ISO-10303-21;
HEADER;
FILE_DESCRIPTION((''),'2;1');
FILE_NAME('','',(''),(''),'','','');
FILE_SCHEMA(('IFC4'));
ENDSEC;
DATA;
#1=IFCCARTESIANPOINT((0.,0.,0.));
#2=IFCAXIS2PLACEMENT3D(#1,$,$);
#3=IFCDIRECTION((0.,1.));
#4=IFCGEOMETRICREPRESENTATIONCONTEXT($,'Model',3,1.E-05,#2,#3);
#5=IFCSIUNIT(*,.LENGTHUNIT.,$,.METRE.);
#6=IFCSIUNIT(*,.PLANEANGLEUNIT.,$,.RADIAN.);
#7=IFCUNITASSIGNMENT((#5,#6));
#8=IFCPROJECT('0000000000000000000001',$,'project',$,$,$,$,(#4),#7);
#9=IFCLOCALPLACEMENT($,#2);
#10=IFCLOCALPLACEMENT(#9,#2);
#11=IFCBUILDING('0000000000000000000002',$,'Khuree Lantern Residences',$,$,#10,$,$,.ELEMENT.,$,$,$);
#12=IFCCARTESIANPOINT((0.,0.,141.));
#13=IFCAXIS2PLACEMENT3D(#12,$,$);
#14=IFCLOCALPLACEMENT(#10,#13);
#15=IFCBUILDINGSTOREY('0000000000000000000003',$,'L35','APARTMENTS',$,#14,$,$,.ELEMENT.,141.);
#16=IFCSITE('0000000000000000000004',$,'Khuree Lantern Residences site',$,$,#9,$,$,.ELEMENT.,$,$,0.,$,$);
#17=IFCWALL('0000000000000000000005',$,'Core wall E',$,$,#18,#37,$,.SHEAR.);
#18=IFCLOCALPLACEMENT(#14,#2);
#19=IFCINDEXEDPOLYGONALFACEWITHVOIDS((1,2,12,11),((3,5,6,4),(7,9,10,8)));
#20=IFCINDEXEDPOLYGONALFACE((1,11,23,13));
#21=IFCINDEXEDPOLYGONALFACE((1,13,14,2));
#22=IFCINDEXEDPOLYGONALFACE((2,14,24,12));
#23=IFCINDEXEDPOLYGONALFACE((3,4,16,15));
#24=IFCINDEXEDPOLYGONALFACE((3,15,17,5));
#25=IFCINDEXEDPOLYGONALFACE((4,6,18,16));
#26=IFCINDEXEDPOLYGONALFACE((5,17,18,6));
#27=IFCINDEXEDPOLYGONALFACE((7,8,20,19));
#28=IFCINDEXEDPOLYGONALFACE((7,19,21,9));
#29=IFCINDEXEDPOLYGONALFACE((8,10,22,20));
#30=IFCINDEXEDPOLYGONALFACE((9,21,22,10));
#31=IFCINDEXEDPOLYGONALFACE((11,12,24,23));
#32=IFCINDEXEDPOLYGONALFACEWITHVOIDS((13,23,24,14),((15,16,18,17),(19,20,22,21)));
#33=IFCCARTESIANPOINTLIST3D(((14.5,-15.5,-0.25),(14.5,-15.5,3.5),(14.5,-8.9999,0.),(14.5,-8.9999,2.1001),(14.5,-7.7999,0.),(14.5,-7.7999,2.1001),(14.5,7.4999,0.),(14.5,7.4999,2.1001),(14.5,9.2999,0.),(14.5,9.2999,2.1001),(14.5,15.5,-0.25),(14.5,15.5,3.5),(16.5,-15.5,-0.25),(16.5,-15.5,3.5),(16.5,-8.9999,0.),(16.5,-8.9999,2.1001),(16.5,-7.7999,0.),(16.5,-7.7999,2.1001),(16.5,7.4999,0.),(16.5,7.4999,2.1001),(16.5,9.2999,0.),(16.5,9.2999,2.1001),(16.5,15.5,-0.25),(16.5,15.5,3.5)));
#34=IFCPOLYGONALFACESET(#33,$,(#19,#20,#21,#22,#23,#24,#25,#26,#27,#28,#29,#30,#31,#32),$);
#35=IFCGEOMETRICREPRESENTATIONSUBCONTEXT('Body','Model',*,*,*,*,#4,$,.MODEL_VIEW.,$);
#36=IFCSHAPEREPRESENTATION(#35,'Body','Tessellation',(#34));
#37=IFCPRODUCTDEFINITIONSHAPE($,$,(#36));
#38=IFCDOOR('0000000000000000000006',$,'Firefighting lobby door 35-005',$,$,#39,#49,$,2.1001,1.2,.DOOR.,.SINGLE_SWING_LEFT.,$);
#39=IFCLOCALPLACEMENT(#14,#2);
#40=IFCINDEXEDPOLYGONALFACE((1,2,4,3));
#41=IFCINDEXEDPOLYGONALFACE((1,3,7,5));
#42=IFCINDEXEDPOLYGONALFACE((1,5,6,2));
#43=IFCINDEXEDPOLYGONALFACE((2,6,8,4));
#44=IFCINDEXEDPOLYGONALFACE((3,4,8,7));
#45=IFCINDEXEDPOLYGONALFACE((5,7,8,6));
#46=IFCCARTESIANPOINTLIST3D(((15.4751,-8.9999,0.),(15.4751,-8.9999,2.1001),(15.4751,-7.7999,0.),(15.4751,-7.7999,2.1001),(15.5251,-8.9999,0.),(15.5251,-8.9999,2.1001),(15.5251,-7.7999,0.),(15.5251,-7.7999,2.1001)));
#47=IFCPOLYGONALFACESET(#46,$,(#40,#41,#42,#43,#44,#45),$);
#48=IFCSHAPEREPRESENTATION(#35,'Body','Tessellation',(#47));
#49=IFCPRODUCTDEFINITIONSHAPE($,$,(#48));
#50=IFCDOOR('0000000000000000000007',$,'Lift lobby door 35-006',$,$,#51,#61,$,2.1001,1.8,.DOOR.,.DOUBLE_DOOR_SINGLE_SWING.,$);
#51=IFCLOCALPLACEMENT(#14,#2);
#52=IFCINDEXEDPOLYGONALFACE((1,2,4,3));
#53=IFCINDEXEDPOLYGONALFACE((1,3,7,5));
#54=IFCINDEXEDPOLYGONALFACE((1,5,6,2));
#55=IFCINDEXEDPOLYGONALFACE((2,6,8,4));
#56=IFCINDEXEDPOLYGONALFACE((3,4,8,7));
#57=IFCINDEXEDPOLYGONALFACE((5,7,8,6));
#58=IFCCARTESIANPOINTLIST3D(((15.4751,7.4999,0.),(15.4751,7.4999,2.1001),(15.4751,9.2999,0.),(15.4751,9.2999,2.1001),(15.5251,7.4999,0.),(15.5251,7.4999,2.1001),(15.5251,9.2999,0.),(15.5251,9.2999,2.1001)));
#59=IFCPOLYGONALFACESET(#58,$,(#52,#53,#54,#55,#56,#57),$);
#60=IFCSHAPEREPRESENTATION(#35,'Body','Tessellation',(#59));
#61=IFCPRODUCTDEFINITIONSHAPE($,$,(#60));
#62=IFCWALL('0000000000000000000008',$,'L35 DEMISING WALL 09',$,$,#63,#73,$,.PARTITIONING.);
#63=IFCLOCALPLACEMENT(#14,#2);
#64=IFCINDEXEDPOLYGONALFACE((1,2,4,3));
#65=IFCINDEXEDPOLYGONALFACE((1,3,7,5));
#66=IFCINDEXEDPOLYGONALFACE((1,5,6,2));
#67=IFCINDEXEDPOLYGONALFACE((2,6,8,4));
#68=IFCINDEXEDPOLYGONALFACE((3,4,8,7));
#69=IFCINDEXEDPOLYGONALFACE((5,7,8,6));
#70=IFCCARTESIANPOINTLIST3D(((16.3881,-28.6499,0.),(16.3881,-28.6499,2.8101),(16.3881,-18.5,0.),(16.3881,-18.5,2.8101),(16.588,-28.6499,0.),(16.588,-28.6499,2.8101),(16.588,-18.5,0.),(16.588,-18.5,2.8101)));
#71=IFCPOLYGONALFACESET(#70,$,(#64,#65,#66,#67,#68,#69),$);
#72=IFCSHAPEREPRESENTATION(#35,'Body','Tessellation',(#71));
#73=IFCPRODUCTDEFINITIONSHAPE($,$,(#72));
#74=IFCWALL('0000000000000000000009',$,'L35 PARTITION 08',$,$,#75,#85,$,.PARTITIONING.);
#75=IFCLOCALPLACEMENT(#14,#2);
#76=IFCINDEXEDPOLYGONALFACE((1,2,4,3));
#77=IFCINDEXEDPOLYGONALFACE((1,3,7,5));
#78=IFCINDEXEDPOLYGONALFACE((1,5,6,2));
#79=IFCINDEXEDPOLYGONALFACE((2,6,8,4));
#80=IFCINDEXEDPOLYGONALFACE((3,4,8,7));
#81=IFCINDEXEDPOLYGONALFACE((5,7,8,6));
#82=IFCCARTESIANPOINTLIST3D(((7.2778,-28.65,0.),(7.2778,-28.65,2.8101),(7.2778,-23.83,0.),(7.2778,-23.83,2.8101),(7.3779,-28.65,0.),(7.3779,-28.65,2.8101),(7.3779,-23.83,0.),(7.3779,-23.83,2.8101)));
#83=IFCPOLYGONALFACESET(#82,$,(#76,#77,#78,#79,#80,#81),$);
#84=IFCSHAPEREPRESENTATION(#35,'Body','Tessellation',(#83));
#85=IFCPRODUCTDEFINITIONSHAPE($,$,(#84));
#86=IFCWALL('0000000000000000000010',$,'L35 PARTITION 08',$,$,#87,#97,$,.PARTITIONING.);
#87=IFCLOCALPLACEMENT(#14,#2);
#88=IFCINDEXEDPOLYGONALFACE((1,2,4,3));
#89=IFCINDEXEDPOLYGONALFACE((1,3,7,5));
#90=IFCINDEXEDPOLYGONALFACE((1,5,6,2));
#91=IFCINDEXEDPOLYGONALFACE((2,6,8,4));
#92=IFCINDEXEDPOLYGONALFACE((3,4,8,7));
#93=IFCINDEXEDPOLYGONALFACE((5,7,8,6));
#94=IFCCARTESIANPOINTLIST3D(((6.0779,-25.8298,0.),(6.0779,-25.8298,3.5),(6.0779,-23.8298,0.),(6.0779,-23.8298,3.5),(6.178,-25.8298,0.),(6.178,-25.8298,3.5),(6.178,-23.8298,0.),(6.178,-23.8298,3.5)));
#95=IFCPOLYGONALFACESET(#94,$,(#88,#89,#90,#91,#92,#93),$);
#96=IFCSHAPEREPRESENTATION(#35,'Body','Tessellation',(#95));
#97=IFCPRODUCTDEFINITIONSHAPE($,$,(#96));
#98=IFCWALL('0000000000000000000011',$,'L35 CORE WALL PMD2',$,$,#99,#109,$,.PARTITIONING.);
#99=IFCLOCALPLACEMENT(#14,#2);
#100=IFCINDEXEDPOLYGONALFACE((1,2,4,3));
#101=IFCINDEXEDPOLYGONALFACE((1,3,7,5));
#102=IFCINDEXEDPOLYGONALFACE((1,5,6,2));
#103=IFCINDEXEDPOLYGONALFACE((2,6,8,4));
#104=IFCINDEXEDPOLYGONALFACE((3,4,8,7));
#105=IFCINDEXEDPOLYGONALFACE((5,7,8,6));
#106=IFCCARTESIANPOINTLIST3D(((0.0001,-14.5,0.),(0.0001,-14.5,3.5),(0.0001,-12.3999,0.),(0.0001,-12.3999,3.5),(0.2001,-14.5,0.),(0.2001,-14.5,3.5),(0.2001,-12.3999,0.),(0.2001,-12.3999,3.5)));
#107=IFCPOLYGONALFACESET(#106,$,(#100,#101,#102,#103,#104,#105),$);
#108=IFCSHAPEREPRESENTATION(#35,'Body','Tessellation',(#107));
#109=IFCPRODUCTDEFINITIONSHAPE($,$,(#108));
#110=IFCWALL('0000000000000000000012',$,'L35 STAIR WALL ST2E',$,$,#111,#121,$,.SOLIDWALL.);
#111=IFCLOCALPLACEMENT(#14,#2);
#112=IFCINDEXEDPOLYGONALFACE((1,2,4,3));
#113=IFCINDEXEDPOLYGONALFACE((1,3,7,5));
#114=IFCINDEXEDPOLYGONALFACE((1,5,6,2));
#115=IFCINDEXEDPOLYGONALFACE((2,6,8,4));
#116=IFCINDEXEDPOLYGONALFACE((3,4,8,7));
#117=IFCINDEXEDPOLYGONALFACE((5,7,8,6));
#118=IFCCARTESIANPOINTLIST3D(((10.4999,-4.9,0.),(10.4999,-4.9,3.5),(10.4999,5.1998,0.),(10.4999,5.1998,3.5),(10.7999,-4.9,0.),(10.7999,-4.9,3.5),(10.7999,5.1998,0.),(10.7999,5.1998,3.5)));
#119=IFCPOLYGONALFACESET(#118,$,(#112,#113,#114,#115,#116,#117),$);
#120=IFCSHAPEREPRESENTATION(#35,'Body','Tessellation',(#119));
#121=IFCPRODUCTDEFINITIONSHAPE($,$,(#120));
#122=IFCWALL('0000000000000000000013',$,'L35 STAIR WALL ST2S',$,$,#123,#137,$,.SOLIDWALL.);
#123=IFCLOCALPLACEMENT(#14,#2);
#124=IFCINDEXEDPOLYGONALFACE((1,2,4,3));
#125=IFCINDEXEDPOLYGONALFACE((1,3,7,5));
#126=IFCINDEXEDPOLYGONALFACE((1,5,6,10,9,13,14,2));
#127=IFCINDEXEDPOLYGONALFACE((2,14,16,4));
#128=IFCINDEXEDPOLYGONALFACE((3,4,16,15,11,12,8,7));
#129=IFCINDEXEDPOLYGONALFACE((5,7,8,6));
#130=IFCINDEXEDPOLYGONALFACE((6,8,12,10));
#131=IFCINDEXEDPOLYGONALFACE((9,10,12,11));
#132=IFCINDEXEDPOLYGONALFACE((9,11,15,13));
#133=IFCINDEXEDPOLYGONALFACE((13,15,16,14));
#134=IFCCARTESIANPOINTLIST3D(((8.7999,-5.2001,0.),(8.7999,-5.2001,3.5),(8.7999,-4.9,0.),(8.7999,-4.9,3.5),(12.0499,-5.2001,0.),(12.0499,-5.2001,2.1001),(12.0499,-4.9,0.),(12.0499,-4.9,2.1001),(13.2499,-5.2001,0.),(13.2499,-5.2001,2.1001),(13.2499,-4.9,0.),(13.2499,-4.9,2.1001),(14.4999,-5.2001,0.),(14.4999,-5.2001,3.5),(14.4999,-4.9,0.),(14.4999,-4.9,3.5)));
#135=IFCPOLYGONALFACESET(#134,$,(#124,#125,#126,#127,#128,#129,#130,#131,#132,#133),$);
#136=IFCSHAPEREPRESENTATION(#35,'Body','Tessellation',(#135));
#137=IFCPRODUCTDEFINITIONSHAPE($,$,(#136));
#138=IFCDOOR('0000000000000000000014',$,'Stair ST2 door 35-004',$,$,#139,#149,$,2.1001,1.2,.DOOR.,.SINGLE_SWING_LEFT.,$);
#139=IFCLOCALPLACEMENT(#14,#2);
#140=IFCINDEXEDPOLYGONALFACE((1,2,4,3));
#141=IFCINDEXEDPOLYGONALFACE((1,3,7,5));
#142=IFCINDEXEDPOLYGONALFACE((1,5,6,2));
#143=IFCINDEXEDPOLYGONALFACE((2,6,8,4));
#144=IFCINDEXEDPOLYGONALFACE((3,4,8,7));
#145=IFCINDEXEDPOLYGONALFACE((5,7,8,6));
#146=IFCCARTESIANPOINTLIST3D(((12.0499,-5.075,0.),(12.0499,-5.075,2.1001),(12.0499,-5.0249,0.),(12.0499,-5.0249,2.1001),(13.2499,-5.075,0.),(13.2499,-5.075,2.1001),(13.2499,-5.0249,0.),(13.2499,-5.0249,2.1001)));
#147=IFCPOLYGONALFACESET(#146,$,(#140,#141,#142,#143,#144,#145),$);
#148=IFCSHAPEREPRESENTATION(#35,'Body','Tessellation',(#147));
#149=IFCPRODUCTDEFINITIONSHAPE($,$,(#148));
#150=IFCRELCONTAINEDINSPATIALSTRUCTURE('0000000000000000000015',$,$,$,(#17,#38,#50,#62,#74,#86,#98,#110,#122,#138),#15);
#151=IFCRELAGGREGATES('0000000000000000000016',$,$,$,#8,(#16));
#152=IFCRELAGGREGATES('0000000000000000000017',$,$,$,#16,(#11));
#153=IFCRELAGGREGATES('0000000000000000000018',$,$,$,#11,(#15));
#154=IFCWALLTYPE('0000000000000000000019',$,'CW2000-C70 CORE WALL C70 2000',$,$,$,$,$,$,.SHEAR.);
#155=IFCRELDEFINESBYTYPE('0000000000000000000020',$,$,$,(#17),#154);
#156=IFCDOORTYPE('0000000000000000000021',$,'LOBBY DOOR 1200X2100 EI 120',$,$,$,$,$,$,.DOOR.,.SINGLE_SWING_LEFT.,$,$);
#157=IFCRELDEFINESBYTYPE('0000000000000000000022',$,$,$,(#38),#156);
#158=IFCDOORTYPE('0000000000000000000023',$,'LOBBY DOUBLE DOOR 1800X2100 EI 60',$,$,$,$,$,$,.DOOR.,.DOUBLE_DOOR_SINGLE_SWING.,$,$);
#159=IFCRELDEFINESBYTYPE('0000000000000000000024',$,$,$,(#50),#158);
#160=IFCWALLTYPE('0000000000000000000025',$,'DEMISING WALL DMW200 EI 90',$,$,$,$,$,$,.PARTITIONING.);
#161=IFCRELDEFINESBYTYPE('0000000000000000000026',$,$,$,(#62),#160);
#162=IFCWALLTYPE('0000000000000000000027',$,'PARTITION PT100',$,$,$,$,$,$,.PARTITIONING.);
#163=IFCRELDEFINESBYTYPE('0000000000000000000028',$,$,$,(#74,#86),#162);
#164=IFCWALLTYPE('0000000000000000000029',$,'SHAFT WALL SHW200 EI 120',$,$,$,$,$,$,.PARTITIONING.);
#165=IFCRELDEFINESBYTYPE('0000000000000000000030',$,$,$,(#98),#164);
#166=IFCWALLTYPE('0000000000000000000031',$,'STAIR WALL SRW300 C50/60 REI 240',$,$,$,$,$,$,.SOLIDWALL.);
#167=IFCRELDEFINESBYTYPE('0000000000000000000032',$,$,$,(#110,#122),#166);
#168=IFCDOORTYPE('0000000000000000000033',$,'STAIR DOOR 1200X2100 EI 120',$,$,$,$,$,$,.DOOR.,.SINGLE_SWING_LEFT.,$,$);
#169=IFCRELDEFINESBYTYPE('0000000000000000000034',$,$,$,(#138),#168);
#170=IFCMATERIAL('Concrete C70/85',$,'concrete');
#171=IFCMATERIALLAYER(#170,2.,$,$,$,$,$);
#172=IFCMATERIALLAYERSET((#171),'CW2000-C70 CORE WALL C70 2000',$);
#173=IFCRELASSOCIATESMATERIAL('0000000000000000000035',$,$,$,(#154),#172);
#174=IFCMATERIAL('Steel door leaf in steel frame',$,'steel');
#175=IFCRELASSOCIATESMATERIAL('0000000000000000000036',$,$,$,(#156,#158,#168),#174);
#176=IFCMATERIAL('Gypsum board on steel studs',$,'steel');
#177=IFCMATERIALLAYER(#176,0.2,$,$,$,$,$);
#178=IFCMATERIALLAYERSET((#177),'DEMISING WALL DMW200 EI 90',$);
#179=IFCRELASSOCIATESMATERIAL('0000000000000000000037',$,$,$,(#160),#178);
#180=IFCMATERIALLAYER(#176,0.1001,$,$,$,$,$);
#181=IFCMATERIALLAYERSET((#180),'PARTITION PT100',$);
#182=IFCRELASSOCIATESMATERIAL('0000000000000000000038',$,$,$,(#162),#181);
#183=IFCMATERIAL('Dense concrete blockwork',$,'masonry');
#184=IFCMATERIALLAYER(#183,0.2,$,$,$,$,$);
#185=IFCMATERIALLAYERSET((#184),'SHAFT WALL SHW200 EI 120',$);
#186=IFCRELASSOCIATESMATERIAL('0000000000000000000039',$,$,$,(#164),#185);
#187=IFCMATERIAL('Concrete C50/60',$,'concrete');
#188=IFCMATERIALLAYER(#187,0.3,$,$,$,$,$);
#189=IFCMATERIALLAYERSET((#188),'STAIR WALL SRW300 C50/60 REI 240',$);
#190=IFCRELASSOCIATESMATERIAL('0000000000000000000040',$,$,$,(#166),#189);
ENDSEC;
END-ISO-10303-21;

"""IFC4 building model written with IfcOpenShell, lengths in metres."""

from ifc_helpers import new_model, si_unit, direction, frame, frame_2d, origin, place, context, subcontext, project, spatial, rectangle, extrude, material, layer, layer_set, type_object, element, fill, save


model = new_model("IFC4")

# Units and contexts
model_context = context("Model", 3, precision=1e-05, world=origin(), true_north=direction((0.0, 1.0)))
body_context = subcontext(model_context, "Body", "Model", "MODEL_VIEW")
ifc_project = project(units=[si_unit("LENGTHUNIT", "METRE"), si_unit("PLANEANGLEUNIT", "RADIAN")], contexts=[model_context])

# Site, building, storey
site_placement = place(None, origin())
site = spatial("IfcSite", under=ifc_project, at=site_placement, Name="Khuree Lantern Residences site", CompositionType="ELEMENT", RefElevation=0.0)
building_placement = place(site_placement, origin())
building = spatial("IfcBuilding", under=site, at=building_placement, Name="Khuree Lantern Residences", CompositionType="ELEMENT")
storey_placement = place(building_placement, frame((0.0, 0.0, 141.0)))
storey = spatial("IfcBuildingStorey", under=building, at=storey_placement, Name="L35", Description="APARTMENTS", CompositionType="ELEMENT", Elevation=141.0)

# Shared definitions
ifc_material_1 = material(Name="Concrete C70/85", Category="concrete")

# Shared definitions
ifc_material_2 = material(Name="Dense concrete blockwork", Category="masonry")

# Shared definitions
ifc_material_3 = material(Name="Gypsum board on steel studs", Category="steel")

# Wall, openings, doors
ifc_layer_1 = layer(ifc_material_1, 2.0)
ifc_layer_set_1 = layer_set([ifc_layer_1], Name="CW2000-C70 CORE WALL C70 2000")
wall_type_1 = type_object("IfcWallType", Name="CW2000-C70 CORE WALL C70 2000", PredefinedType="SHEAR", material=ifc_layer_set_1)
wall_1_placement = place(storey_placement, frame((15.5, -15.5, -0.25), z_axis=(0.0, 0.0, 1.0), x_axis=(0.0, 1.0, 0.0)))
wall_1 = element("IfcWall", 1, at=wall_1_placement, inside=storey, type_object=wall_type_1, Name="Core wall E", PredefinedType="SHEAR", context=body_context, shape_type="SweptSolid", body=[
    extrude(rectangle(XDim=31.0, YDim=2.0, at=frame_2d((15.5, 0.0))), origin(), (0.0, 0.0, 1.0), 3.75),
])
opening_1_placement = place(wall_1_placement, frame((6.5, 0.0, 0.25)))
opening_1 = element("IfcOpeningElement", 2, at=opening_1_placement, cuts=wall_1, PredefinedType="OPENING", context=body_context, shape_type="SweptSolid", body=[
    extrude(rectangle(XDim=1.2, YDim=2.1001, at=frame_2d((0.6001, 1.05))), frame((0.0, 1.01, 0.0), z_axis=(0.0, -1.0, 0.0), x_axis=(1.0, 0.0, 0.0)), (0.0, 0.0, 1.0), 2.02),
])
opening_2_placement = place(wall_1_placement, frame((23.0, 0.0, 0.25)))
opening_2 = element("IfcOpeningElement", 3, at=opening_2_placement, cuts=wall_1, PredefinedType="OPENING", context=body_context, shape_type="SweptSolid", body=[
    extrude(rectangle(XDim=1.8, YDim=2.1001, at=frame_2d((0.8999, 1.05))), frame((0.0, 1.01, 0.0), z_axis=(0.0, -1.0, 0.0), x_axis=(1.0, 0.0, 0.0)), (0.0, 0.0, 1.0), 2.02),
])
ifc_material_4 = material(Name="Steel door leaf in steel frame", Category="steel")
door_type_1 = type_object("IfcDoorType", Name="LOBBY DOOR 1200X2100 EI 120", OperationType="SINGLE_SWING_LEFT", PredefinedType="DOOR", material=ifc_material_4)
door_1_placement = place(opening_1_placement, origin())
door_1 = element("IfcDoor", 4, at=door_1_placement, inside=storey, type_object=door_type_1, Name="Firefighting lobby door 35-005", OperationType="SINGLE_SWING_LEFT", OverallHeight=2.1001, OverallWidth=1.2, PredefinedType="DOOR", context=body_context, shape_type="SweptSolid", body=[
    extrude(rectangle(XDim=1.2, YDim=2.1001, at=frame_2d((0.6001, 1.05))), frame((0.0, 0.0249, 0.0), z_axis=(0.0, -1.0, 0.0), x_axis=(1.0, 0.0, 0.0)), (0.0, 0.0, 1.0), 0.05),
])
fill(opening_1, door_1)
door_type_2 = type_object("IfcDoorType", Name="LOBBY DOUBLE DOOR 1800X2100 EI 60", OperationType="DOUBLE_DOOR_SINGLE_SWING", PredefinedType="DOOR", material=ifc_material_4)
door_2_placement = place(opening_2_placement, origin())
door_2 = element("IfcDoor", 5, at=door_2_placement, inside=storey, type_object=door_type_2, Name="Lift lobby door 35-006", OperationType="DOUBLE_DOOR_SINGLE_SWING", OverallHeight=2.1001, OverallWidth=1.8, PredefinedType="DOOR", context=body_context, shape_type="SweptSolid", body=[
    extrude(rectangle(XDim=1.8, YDim=2.1001, at=frame_2d((0.8999, 1.05))), frame((0.0, 0.0249, 0.0), z_axis=(0.0, -1.0, 0.0), x_axis=(1.0, 0.0, 0.0)), (0.0, 0.0, 1.0), 0.05),
])
fill(opening_2, door_2)

# Walls
ifc_layer_2 = layer(ifc_material_3, 0.2)
ifc_layer_set_2 = layer_set([ifc_layer_2], Name="DEMISING WALL DMW200 EI 90")
wall_type_2 = type_object("IfcWallType", Name="DEMISING WALL DMW200 EI 90", PredefinedType="PARTITIONING", material=ifc_layer_set_2)
wall_2_placement = place(storey_placement, frame((16.488, -18.5, 0.0), z_axis=(0.0, 0.0, 1.0), x_axis=(0.0, -1.0, 0.0)))
element("IfcWall", 6, at=wall_2_placement, inside=storey, type_object=wall_type_2, Name="L35 DEMISING WALL 09", PredefinedType="PARTITIONING", context=body_context, shape_type="SweptSolid", body=[
    extrude(rectangle(XDim=10.1499, YDim=0.2, at=frame_2d((5.075, 0.0))), origin(), (0.0, 0.0, 1.0), 2.8101),
])
ifc_layer_3 = layer(ifc_material_3, 0.1001)
ifc_layer_set_3 = layer_set([ifc_layer_3], Name="PARTITION PT100")
wall_type_3 = type_object("IfcWallType", Name="PARTITION PT100", PredefinedType="PARTITIONING", material=ifc_layer_set_3)
wall_3_placement = place(storey_placement, frame((7.3279, -23.8298, 0.0), z_axis=(0.0, 0.0, 1.0), x_axis=(0.0, -1.0, 0.0)))
element("IfcWall", 7, at=wall_3_placement, inside=storey, type_object=wall_type_3, Name="L35 PARTITION 08", PredefinedType="PARTITIONING", context=body_context, shape_type="SweptSolid", body=[
    extrude(rectangle(XDim=4.8201, YDim=0.1001, at=frame_2d((2.4102, 0.0))), origin(), (0.0, 0.0, 1.0), 2.8101),
])
wall_4_placement = place(storey_placement, frame((6.1279, -23.8298, 0.0), z_axis=(0.0, 0.0, 1.0), x_axis=(0.0, -1.0, 0.0)))
element("IfcWall", 8, at=wall_4_placement, inside=storey, type_object=wall_type_3, Name="L35 PARTITION 08", PredefinedType="PARTITIONING", context=body_context, shape_type="SweptSolid", body=[
    extrude(rectangle(XDim=2.0, YDim=0.1001, at=frame_2d((1.0, 0.0))), origin(), (0.0, 0.0, 1.0), 3.5),
])
ifc_layer_4 = layer(ifc_material_2, 0.2)
ifc_layer_set_4 = layer_set([ifc_layer_4], Name="SHAFT WALL SHW200 EI 120")
wall_type_4 = type_object("IfcWallType", Name="SHAFT WALL SHW200 EI 120", PredefinedType="PARTITIONING", material=ifc_layer_set_4)
wall_5_placement = place(storey_placement, frame((0.1001, -14.5, 0.0), z_axis=(0.0, 0.0, 1.0), x_axis=(0.0, 1.0, 0.0)))
element("IfcWall", 9, at=wall_5_placement, inside=storey, type_object=wall_type_4, Name="L35 CORE WALL PMD2", PredefinedType="PARTITIONING", context=body_context, shape_type="SweptSolid", body=[
    extrude(rectangle(XDim=2.1001, YDim=0.2, at=frame_2d((1.05, 0.0))), origin(), (0.0, 0.0, 1.0), 3.5),
])
ifc_material_5 = material(Name="Concrete C50/60", Category="concrete")
ifc_layer_5 = layer(ifc_material_5, 0.3)
ifc_layer_set_5 = layer_set([ifc_layer_5], Name="STAIR WALL SRW300 C50/60 REI 240")
wall_type_5 = type_object("IfcWallType", Name="STAIR WALL SRW300 C50/60 REI 240", PredefinedType="SOLIDWALL", material=ifc_layer_set_5)
wall_6_placement = place(storey_placement, frame((10.6499, -4.8999, 0.0), z_axis=(0.0, 0.0, 1.0), x_axis=(0.0, 1.0, 0.0)))
element("IfcWall", 10, at=wall_6_placement, inside=storey, type_object=wall_type_5, Name="L35 STAIR WALL ST2E", PredefinedType="SOLIDWALL", context=body_context, shape_type="SweptSolid", body=[
    extrude(rectangle(XDim=10.0999, YDim=0.3, at=frame_2d((5.0498, 0.0))), origin(), (0.0, 0.0, 1.0), 3.5),
])

# Wall, opening, door
wall_7_placement = place(storey_placement, frame((14.5, -5.05, 0.0), z_axis=(0.0, 0.0, 1.0), x_axis=(-1.0, 0.0, 0.0)))
wall_7 = element("IfcWall", 11, at=wall_7_placement, inside=storey, type_object=wall_type_5, Name="L35 STAIR WALL ST2S", PredefinedType="SOLIDWALL", context=body_context, shape_type="SweptSolid", body=[
    extrude(rectangle(XDim=5.7, YDim=0.3, at=frame_2d((2.8501, 0.0))), origin(), (0.0, 0.0, 1.0), 3.5),
])
opening_3_placement = place(wall_7_placement, frame((1.25, 0.0, 0.0)))
opening_3 = element("IfcOpeningElement", 12, at=opening_3_placement, cuts=wall_7, PredefinedType="OPENING", context=body_context, shape_type="SweptSolid", body=[
    extrude(rectangle(XDim=1.2, YDim=2.1001, at=frame_2d((0.6001, 1.05))), frame((0.0, 0.1602, 0.0), z_axis=(0.0, -1.0, 0.0), x_axis=(1.0, 0.0, 0.0)), (0.0, 0.0, 1.0), 0.3201),
])
door_type_3 = type_object("IfcDoorType", Name="STAIR DOOR 1200X2100 EI 120", OperationType="SINGLE_SWING_LEFT", PredefinedType="DOOR", material=ifc_material_4)
door_3_placement = place(opening_3_placement, origin())
door_3 = element("IfcDoor", 13, at=door_3_placement, inside=storey, type_object=door_type_3, Name="Stair ST2 door 35-004", OperationType="SINGLE_SWING_LEFT", OverallHeight=2.1001, OverallWidth=1.2, PredefinedType="DOOR", context=body_context, shape_type="SweptSolid", body=[
    extrude(rectangle(XDim=1.2, YDim=2.1001, at=frame_2d((0.6001, 1.05))), frame((0.0, 0.0249, 0.0), z_axis=(0.0, -1.0, 0.0), x_axis=(1.0, 0.0, 0.0)), (0.0, 0.0, 1.0), 0.05),
])
fill(opening_3, door_3)

save(model, "model.ifc")
